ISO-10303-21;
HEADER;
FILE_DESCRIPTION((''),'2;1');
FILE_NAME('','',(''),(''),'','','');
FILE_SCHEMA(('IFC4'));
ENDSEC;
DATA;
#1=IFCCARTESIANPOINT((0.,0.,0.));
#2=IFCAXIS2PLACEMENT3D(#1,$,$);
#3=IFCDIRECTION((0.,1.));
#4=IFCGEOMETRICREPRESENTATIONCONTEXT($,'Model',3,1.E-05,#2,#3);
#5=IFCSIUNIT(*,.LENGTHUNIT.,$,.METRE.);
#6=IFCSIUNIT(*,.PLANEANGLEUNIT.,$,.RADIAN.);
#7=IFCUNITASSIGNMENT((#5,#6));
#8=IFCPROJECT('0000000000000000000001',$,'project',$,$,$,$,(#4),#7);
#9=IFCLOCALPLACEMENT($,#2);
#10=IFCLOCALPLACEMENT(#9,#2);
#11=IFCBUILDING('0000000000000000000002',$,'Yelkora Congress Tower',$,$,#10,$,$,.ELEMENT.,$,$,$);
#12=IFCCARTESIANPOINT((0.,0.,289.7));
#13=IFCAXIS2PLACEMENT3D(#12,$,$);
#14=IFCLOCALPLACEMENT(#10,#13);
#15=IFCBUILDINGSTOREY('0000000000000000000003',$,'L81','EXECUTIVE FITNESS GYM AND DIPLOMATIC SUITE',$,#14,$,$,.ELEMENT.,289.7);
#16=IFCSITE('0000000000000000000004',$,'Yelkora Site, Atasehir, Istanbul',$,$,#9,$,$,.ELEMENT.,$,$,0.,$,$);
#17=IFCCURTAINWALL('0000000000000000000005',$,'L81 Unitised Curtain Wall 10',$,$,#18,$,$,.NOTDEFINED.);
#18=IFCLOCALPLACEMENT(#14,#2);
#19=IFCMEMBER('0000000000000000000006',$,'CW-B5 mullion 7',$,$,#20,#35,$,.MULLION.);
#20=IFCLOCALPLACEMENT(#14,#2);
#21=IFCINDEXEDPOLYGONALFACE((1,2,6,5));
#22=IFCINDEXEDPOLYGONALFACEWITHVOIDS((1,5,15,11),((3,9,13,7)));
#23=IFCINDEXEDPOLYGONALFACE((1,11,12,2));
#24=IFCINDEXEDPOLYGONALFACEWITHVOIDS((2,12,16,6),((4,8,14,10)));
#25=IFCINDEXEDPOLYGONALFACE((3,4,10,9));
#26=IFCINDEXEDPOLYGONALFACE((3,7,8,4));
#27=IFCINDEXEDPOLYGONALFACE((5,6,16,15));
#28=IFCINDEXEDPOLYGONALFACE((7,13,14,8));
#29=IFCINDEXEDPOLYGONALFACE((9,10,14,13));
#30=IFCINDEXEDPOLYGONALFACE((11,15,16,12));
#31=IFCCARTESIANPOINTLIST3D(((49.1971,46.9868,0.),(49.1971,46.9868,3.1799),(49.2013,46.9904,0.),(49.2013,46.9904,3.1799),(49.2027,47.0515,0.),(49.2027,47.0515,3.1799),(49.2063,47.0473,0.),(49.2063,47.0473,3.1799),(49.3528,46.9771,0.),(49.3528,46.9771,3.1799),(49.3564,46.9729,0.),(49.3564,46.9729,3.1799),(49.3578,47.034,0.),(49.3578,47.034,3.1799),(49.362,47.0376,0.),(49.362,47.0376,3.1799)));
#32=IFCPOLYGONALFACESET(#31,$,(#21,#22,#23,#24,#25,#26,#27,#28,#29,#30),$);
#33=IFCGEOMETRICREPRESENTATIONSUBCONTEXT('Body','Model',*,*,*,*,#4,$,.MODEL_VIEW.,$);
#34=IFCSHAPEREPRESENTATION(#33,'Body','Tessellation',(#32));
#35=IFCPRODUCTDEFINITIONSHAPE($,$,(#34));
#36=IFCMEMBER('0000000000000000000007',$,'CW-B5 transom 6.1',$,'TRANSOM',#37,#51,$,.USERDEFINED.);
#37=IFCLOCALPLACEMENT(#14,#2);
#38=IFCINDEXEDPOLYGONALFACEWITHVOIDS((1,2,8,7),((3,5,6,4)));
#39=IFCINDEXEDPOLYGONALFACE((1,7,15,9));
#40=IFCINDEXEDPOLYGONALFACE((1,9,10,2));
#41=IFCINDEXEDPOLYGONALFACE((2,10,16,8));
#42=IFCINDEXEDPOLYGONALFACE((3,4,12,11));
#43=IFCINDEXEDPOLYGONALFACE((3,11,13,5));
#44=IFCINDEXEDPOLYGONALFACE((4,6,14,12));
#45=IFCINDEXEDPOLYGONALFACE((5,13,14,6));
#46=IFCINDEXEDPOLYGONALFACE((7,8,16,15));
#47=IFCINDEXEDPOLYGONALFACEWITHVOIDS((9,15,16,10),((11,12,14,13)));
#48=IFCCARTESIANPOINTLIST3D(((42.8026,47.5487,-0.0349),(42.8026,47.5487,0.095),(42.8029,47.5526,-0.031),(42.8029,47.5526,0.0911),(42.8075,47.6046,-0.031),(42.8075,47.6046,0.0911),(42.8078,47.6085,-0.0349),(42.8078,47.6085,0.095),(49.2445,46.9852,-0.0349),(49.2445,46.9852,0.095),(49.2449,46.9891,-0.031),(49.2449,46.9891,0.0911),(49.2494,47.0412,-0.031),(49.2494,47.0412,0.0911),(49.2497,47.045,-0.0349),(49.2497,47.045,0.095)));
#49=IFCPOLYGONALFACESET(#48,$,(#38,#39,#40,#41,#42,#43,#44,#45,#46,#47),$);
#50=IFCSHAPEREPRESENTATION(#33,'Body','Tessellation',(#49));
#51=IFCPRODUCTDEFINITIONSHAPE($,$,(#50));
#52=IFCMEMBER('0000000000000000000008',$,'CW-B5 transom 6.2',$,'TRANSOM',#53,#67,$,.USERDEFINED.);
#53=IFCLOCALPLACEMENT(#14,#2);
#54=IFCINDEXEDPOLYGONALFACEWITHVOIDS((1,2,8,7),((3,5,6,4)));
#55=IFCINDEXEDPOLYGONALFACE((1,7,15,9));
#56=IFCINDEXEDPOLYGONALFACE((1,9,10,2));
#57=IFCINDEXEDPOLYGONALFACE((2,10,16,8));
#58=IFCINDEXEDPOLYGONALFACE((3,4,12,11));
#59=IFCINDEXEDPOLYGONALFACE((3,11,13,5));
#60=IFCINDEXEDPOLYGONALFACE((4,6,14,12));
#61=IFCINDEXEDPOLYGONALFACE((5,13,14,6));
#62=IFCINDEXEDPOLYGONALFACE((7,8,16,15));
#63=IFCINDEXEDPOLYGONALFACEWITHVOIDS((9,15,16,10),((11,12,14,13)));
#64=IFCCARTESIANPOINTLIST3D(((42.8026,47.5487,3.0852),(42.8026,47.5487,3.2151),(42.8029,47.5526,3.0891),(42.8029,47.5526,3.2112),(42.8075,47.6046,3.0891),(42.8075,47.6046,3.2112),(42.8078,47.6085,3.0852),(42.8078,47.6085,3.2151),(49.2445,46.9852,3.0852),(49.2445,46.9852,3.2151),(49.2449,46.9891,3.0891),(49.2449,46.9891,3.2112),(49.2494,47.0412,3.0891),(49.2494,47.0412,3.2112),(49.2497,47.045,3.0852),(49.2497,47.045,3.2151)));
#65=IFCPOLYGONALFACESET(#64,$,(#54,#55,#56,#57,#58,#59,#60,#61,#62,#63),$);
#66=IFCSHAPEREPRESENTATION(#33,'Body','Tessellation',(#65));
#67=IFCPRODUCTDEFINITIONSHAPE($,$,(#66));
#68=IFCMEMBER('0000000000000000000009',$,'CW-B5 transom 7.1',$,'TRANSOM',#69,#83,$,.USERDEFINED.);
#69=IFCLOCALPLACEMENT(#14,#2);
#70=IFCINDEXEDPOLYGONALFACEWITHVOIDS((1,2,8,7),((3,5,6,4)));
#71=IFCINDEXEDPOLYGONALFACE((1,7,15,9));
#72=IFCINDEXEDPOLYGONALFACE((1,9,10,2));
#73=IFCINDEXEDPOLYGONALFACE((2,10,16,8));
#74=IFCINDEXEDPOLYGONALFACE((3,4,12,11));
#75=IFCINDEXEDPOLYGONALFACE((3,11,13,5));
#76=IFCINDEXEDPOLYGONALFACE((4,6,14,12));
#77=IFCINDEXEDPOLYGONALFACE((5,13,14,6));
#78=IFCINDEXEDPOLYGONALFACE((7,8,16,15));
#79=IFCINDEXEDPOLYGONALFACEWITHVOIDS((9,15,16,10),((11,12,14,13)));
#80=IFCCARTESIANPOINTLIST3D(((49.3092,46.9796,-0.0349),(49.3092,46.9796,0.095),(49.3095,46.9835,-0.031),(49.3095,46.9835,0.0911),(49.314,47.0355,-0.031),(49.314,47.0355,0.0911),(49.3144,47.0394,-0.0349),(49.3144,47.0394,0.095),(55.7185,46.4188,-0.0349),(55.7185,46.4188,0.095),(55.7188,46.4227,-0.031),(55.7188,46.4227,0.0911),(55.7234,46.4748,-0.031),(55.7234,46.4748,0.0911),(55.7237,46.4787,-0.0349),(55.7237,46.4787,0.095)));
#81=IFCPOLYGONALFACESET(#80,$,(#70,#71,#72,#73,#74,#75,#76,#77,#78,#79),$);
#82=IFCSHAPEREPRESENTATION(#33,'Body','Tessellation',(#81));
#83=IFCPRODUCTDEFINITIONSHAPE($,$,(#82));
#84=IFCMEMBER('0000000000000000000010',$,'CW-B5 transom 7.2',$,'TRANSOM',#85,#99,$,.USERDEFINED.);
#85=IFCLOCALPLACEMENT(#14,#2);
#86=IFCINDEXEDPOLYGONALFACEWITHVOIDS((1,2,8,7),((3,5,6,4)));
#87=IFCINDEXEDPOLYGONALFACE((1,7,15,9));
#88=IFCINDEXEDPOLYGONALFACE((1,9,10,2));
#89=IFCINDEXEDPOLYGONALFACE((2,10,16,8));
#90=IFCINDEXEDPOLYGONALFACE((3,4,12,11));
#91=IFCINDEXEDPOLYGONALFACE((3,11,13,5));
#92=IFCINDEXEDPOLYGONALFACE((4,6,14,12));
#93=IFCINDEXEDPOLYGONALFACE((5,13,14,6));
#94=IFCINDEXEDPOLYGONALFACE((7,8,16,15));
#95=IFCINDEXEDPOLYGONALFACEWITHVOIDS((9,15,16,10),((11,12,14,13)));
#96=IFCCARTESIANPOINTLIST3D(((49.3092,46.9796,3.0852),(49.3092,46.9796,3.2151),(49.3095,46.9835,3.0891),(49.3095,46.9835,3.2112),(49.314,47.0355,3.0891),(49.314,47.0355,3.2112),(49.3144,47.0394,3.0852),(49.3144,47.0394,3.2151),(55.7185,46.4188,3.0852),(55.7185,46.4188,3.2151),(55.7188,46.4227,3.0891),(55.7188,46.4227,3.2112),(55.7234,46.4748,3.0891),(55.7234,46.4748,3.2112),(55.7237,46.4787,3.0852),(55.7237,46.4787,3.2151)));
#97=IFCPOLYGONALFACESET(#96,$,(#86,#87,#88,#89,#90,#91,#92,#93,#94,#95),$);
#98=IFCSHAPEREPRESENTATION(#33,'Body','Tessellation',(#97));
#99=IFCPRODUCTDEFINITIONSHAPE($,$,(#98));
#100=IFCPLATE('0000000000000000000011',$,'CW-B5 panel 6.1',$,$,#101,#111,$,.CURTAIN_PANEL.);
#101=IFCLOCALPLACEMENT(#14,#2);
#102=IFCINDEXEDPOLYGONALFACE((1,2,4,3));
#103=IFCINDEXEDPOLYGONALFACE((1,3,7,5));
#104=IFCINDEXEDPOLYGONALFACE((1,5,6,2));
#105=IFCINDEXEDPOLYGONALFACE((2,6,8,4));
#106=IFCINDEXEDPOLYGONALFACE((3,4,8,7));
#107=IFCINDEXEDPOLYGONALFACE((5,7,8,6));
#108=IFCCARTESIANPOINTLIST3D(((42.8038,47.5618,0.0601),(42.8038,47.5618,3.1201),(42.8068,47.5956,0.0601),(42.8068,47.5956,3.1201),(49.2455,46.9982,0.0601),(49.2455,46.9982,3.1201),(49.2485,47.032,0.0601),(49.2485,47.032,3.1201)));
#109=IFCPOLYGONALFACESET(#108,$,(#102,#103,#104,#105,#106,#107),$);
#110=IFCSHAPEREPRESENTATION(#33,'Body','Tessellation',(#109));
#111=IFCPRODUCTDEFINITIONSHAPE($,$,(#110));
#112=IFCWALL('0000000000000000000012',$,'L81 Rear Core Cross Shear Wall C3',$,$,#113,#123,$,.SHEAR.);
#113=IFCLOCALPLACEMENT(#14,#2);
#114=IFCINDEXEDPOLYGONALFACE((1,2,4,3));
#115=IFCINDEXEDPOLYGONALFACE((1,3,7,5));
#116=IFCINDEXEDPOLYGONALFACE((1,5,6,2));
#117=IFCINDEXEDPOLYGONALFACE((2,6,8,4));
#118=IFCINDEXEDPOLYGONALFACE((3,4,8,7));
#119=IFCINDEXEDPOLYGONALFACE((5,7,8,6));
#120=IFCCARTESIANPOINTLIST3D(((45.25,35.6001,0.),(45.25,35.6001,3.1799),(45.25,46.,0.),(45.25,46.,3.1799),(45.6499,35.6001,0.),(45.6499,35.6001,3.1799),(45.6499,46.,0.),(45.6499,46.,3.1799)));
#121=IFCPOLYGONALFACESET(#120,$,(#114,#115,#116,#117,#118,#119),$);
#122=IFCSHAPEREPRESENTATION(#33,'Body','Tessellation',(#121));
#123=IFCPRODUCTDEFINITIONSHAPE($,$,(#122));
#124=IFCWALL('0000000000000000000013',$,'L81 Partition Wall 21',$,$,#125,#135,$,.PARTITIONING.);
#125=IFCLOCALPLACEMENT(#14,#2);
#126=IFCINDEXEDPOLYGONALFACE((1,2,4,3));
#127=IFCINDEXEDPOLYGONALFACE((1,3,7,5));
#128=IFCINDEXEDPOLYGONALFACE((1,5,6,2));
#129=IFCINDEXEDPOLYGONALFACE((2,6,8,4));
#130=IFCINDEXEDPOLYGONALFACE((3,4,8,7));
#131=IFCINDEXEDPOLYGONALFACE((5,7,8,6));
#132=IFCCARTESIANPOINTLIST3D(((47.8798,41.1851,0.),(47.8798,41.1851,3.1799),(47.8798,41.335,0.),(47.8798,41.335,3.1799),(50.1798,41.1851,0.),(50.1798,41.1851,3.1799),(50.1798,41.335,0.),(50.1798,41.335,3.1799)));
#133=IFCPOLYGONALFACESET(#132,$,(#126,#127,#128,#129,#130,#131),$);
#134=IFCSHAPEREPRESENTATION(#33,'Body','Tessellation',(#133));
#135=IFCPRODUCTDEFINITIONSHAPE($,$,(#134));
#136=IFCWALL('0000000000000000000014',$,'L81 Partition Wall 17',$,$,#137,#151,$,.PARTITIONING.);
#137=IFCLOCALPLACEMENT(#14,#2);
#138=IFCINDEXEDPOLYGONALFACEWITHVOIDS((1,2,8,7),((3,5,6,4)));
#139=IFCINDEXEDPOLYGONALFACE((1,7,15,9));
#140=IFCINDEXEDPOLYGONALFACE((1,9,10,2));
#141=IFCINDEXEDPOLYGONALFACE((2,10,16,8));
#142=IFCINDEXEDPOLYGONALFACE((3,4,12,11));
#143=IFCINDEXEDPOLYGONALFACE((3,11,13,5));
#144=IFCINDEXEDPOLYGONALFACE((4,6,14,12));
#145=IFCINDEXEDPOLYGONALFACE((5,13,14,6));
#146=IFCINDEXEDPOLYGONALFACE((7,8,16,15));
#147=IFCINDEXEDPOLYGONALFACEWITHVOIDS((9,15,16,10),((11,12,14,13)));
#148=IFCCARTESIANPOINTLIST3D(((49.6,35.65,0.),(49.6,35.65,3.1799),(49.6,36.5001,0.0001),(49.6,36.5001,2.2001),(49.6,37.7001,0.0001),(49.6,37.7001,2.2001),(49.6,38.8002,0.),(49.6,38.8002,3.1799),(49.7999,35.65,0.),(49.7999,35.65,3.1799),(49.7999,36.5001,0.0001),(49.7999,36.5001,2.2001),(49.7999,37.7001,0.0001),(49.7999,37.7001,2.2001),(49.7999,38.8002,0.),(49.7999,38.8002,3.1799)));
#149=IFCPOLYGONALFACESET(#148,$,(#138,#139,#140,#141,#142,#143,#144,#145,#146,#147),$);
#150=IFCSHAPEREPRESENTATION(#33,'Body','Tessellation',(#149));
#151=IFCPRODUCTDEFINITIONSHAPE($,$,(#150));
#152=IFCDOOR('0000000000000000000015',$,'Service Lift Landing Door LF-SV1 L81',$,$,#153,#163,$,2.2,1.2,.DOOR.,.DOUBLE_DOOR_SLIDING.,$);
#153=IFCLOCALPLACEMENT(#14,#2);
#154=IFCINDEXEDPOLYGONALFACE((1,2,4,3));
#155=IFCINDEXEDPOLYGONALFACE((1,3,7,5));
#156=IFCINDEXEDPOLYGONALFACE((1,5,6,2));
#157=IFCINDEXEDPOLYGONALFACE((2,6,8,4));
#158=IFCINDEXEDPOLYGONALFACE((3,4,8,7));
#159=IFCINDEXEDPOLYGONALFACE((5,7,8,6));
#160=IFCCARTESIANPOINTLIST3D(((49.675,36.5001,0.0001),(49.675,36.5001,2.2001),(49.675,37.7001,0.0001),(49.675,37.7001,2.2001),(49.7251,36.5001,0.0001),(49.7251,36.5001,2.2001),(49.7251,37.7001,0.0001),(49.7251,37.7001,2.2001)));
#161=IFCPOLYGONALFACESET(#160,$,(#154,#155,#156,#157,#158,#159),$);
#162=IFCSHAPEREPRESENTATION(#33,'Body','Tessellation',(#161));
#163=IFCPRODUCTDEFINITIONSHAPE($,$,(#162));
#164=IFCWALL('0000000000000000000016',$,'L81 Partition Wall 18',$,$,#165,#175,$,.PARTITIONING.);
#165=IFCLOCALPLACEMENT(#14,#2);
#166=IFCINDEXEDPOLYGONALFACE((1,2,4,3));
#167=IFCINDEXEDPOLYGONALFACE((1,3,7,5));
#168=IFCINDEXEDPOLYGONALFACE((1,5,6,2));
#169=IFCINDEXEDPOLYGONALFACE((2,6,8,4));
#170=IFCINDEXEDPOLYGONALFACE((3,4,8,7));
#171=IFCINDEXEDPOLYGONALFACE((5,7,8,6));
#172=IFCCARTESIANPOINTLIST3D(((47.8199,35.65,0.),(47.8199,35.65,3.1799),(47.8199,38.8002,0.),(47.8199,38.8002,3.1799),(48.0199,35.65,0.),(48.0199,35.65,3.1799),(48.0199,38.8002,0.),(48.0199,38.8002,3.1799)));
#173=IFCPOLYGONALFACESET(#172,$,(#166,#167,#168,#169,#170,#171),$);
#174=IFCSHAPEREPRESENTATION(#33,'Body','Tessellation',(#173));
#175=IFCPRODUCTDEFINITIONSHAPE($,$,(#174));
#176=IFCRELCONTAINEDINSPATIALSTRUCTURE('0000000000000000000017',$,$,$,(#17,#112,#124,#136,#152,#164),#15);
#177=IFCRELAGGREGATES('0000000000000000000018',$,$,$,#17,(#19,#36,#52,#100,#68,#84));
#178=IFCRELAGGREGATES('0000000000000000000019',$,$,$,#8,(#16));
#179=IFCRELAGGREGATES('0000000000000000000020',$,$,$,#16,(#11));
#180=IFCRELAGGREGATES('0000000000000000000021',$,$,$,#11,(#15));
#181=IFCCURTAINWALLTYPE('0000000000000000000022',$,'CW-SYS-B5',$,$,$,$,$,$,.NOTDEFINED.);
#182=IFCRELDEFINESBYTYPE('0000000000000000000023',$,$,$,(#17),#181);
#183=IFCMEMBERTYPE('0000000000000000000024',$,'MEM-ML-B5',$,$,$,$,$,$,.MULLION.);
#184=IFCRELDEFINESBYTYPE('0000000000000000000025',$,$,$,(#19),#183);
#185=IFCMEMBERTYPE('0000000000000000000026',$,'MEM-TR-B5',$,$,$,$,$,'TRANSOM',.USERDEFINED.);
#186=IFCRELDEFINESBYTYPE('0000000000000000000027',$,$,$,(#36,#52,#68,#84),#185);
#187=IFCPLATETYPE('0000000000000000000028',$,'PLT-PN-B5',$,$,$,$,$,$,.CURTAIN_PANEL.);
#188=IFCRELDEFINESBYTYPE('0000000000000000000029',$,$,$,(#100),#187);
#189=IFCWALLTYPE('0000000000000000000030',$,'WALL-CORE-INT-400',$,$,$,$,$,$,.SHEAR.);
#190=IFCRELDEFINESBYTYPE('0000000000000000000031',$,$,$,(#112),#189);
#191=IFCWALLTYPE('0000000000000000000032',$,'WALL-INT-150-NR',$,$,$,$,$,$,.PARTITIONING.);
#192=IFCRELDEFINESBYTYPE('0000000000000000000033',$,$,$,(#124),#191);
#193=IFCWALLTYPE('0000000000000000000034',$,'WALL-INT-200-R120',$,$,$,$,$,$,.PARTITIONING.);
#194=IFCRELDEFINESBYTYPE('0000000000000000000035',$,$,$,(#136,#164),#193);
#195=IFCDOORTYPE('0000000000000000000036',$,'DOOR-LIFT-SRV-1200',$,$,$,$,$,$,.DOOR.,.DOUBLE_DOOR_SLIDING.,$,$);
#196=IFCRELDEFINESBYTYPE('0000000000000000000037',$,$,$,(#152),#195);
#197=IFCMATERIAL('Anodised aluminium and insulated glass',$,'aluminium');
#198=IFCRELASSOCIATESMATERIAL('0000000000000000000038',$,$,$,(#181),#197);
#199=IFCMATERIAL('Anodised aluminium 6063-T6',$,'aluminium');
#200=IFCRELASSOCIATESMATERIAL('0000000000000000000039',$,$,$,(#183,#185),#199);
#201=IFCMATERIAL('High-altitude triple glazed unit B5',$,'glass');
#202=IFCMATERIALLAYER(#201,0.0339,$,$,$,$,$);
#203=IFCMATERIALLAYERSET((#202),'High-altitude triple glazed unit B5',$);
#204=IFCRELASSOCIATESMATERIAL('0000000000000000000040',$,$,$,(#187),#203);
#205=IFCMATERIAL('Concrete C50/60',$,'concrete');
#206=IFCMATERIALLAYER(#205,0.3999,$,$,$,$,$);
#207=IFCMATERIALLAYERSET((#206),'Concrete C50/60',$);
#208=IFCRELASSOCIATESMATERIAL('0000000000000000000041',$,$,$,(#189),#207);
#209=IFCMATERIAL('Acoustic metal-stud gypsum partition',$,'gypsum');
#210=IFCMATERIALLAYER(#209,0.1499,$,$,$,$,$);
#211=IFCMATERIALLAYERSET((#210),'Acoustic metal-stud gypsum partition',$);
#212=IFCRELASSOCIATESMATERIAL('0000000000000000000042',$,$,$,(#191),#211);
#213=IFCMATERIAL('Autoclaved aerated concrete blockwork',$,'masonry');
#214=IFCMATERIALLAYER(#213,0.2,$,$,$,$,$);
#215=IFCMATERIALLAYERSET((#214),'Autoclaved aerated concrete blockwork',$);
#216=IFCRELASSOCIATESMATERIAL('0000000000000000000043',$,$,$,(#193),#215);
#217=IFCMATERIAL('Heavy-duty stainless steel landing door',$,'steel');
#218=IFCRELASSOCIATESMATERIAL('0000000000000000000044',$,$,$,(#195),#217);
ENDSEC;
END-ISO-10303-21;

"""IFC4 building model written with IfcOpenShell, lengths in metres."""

from ifc_helpers import new_model, si_unit, direction, frame, frame_2d, origin, origin_2d, place, context, subcontext, project, spatial, rectangle, hollow_rectangle, extrude, material, layer, layer_set, material_profile, profile_set, type_object, element, fill, aggregate, save


model = new_model("IFC4")

# Units and contexts
model_context = context("Model", 3, precision=1e-05, world=origin(), true_north=direction((0.0, 1.0)))
body_context = subcontext(model_context, "Body", "Model", "MODEL_VIEW")
ifc_project = project(units=[si_unit("LENGTHUNIT", "METRE"), si_unit("PLANEANGLEUNIT", "RADIAN")], contexts=[model_context])

# Site, building, storey
site_placement = place(None, origin())
site = spatial("IfcSite", under=ifc_project, at=site_placement, Name="Yelkora Site, Atasehir, Istanbul", CompositionType="ELEMENT", RefElevation=0.0)
building_placement = place(site_placement, origin())
building = spatial("IfcBuilding", under=site, at=building_placement, Name="Yelkora Congress Tower", CompositionType="ELEMENT")
storey_placement = place(building_placement, frame((0.0, 0.0, 289.7)))
storey = spatial("IfcBuildingStorey", under=building, at=storey_placement, Name="L81", Description="EXECUTIVE FITNESS GYM AND DIPLOMATIC SUITE", CompositionType="ELEMENT", Elevation=289.7)

# Curtain wall, members, plate
ifc_material_1 = material(Name="Anodised aluminium and insulated glass", Category="aluminium")
curtain_wall_type = type_object("IfcCurtainWallType", Name="CW-SYS-B5", PredefinedType="NOTDEFINED", material=ifc_material_1)
curtain_wall_placement = place(storey_placement, origin())
curtain_wall = element("IfcCurtainWall", 1, at=curtain_wall_placement, inside=storey, type_object=curtain_wall_type, Name="L81 Unitised Curtain Wall 10", PredefinedType="NOTDEFINED")
ifc_material_2 = material(Name="Anodised aluminium 6063-T6", Category="aluminium")
ifc_material_profile_1 = material_profile(ifc_material_2, hollow_rectangle(XDim=0.0649, YDim=0.1599, WallThickness=0.0039, at=origin_2d()), Name="ALU 65x160x4")
ifc_profile_set_1 = profile_set([ifc_material_profile_1], Name="Anodised aluminium 6063-T6")
member_type_1 = type_object("IfcMemberType", Name="MEM-ML-B5", PredefinedType="MULLION", material=ifc_profile_set_1)
member_1_placement = place(storey_placement, frame((49.2795, 47.0122, 0.0), z_axis=(0.0, 0.0, 1.0), x_axis=(0.087157, 0.996195, 0.0)))
member_1 = element("IfcMember", 2, at=member_1_placement, type_object=member_type_1, Name="CW-B5 mullion 7", PredefinedType="MULLION", context=body_context, shape_type="SweptSolid", body=[
    extrude(hollow_rectangle(XDim=0.0649, YDim=0.1599, WallThickness=0.0039, at=origin_2d()), origin(), (0.0, 0.0, 1.0), 3.1799),
])
ifc_material_profile_2 = material_profile(ifc_material_2, hollow_rectangle(XDim=0.0601, YDim=0.1299, WallThickness=0.0039, at=origin_2d()), Name="ALU 60x130x4")
ifc_profile_set_2 = profile_set([ifc_material_profile_2], Name="Anodised aluminium 6063-T6")
member_type_2 = type_object("IfcMemberType", Name="MEM-TR-B5", ElementType="TRANSOM", PredefinedType="USERDEFINED", material=ifc_profile_set_2)
member_2_placement = place(storey_placement, frame((42.8052, 47.5786, 0.03), z_axis=(0.996196, -0.087138, 0.0), x_axis=(0.087138, 0.996196, 0.0)))
member_2 = element("IfcMember", 3, at=member_2_placement, type_object=member_type_2, Name="CW-B5 transom 6.1", ObjectType="TRANSOM", PredefinedType="USERDEFINED", context=body_context, shape_type="SweptSolid", body=[
    extrude(hollow_rectangle(XDim=0.0601, YDim=0.1299, WallThickness=0.0039, at=origin_2d()), origin(), (0.0, 0.0, 1.0), 6.4666),
])
member_3_placement = place(storey_placement, frame((42.8052, 47.5786, 3.1501), z_axis=(0.996196, -0.087138, 0.0), x_axis=(0.087138, 0.996196, 0.0)))
member_3 = element("IfcMember", 4, at=member_3_placement, type_object=member_type_2, Name="CW-B5 transom 6.2", ObjectType="TRANSOM", PredefinedType="USERDEFINED", context=body_context, shape_type="SweptSolid", body=[
    extrude(hollow_rectangle(XDim=0.0601, YDim=0.1299, WallThickness=0.0039, at=origin_2d()), origin(), (0.0, 0.0, 1.0), 6.4666),
])
member_4_placement = place(storey_placement, frame((49.3118, 47.0095, 0.03), z_axis=(0.996194, -0.087162, 0.0), x_axis=(0.087162, 0.996194, 0.0)))
member_4 = element("IfcMember", 5, at=member_4_placement, type_object=member_type_2, Name="CW-B5 transom 7.1", ObjectType="TRANSOM", PredefinedType="USERDEFINED", context=body_context, shape_type="SweptSolid", body=[
    extrude(hollow_rectangle(XDim=0.0601, YDim=0.1299, WallThickness=0.0039, at=origin_2d()), origin(), (0.0, 0.0, 1.0), 6.4338),
])
member_5_placement = place(storey_placement, frame((49.3118, 47.0095, 3.1501), z_axis=(0.996194, -0.087162, 0.0), x_axis=(0.087162, 0.996194, 0.0)))
member_5 = element("IfcMember", 6, at=member_5_placement, type_object=member_type_2, Name="CW-B5 transom 7.2", ObjectType="TRANSOM", PredefinedType="USERDEFINED", context=body_context, shape_type="SweptSolid", body=[
    extrude(hollow_rectangle(XDim=0.0601, YDim=0.1299, WallThickness=0.0039, at=origin_2d()), origin(), (0.0, 0.0, 1.0), 6.4338),
])
ifc_material_3 = material(Name="High-altitude triple glazed unit B5", Category="glass")
ifc_layer_1 = layer(ifc_material_3, 0.0339)
ifc_layer_set_1 = layer_set([ifc_layer_1], Name="High-altitude triple glazed unit B5")
plate_type = type_object("IfcPlateType", Name="PLT-PN-B5", PredefinedType="CURTAIN_PANEL", material=ifc_layer_set_1)
plate_placement = place(storey_placement, frame((46.0261, 47.2969, 0.0601), z_axis=(0.0, 0.0, 1.0), x_axis=(0.996195, -0.087157, 0.0)))
plate = element("IfcPlate", 7, at=plate_placement, type_object=plate_type, Name="CW-B5 panel 6.1", PredefinedType="CURTAIN_PANEL", context=body_context, shape_type="SweptSolid", body=[
    extrude(rectangle(XDim=6.4663, YDim=0.0339, at=origin_2d()), origin(), (0.0, 0.0, 1.0), 3.0601),
])
aggregate(curtain_wall, [member_1, member_2, member_3, plate, member_4, member_5])

# Wall
ifc_material_4 = material(Name="Concrete C50/60", Category="concrete")
ifc_layer_2 = layer(ifc_material_4, 0.3999)
ifc_layer_set_2 = layer_set([ifc_layer_2], Name="Concrete C50/60")
wall_type_1 = type_object("IfcWallType", Name="WALL-CORE-INT-400", PredefinedType="SHEAR", material=ifc_layer_set_2)
wall_1_placement = place(storey_placement, frame((45.45, 35.6001, 0.0), z_axis=(0.0, 0.0, 1.0), x_axis=(0.0, 1.0, 0.0)))
element("IfcWall", 8, at=wall_1_placement, inside=storey, type_object=wall_type_1, Name="L81 Rear Core Cross Shear Wall C3", PredefinedType="SHEAR", context=body_context, shape_type="SweptSolid", body=[
    extrude(rectangle(XDim=10.3999, YDim=0.3999, at=frame_2d((5.2, 0.0))), origin(), (0.0, 0.0, 1.0), 3.1799),
])

# Shared definitions
ifc_material_5 = material(Name="Acoustic metal-stud gypsum partition", Category="gypsum")
ifc_layer_3 = layer(ifc_material_5, 0.1499)
ifc_layer_set_3 = layer_set([ifc_layer_3], Name="Acoustic metal-stud gypsum partition")
wall_type_2 = type_object("IfcWallType", Name="WALL-INT-150-NR", PredefinedType="PARTITIONING", material=ifc_layer_set_3)

# Wall
wall_2_placement = place(storey_placement, frame((47.8799, 41.26, 0.0), z_axis=(0.0, 0.0, 1.0), x_axis=(1.0, 0.0, 0.0)))
element("IfcWall", 9, at=wall_2_placement, inside=storey, type_object=wall_type_2, Name="L81 Partition Wall 21", PredefinedType="PARTITIONING", context=body_context, shape_type="SweptSolid", body=[
    extrude(rectangle(XDim=2.3, YDim=0.1499, at=frame_2d((1.1499, 0.0))), origin(), (0.0, 0.0, 1.0), 3.1799),
])

# Wall, opening, door
ifc_material_6 = material(Name="Autoclaved aerated concrete blockwork", Category="masonry")
ifc_layer_4 = layer(ifc_material_6, 0.2)
ifc_layer_set_4 = layer_set([ifc_layer_4], Name="Autoclaved aerated concrete blockwork")
wall_type_3 = type_object("IfcWallType", Name="WALL-INT-200-R120", PredefinedType="PARTITIONING", material=ifc_layer_set_4)
wall_3_placement = place(storey_placement, frame((49.7, 35.6499, 0.0), z_axis=(0.0, 0.0, 1.0), x_axis=(0.0, 1.0, 0.0)))
wall_3 = element("IfcWall", 10, at=wall_3_placement, inside=storey, type_object=wall_type_3, Name="L81 Partition Wall 17", PredefinedType="PARTITIONING", context=body_context, shape_type="SweptSolid", body=[
    extrude(rectangle(XDim=3.1501, YDim=0.2, at=frame_2d((1.5752, 0.0))), origin(), (0.0, 0.0, 1.0), 3.1799),
])
opening_1_placement = place(wall_3_placement, frame((0.8501, 0.0, 0.0)))
opening_1 = element("IfcOpeningElement", 11, at=opening_1_placement, cuts=wall_3, PredefinedType="OPENING", context=body_context, shape_type="SweptSolid", body=[
    extrude(rectangle(XDim=1.2, YDim=2.2, at=frame_2d((0.6001, 1.1001))), frame((0.0, 0.1099, 0.0), z_axis=(0.0, -1.0, 0.0), x_axis=(1.0, 0.0, 0.0)), (0.0, 0.0, 1.0), 0.22),
])
ifc_material_7 = material(Name="Heavy-duty stainless steel landing door", Category="steel")
door_type_1 = type_object("IfcDoorType", Name="DOOR-LIFT-SRV-1200", OperationType="DOUBLE_DOOR_SLIDING", PredefinedType="DOOR", material=ifc_material_7)
door_1_placement = place(opening_1_placement, origin())
door_1 = element("IfcDoor", 12, at=door_1_placement, inside=storey, type_object=door_type_1, Name="Service Lift Landing Door LF-SV1 L81", OperationType="DOUBLE_DOOR_SLIDING", OverallHeight=2.2, OverallWidth=1.2, PredefinedType="DOOR", context=body_context, shape_type="SweptSolid", body=[
    extrude(rectangle(XDim=1.2, YDim=2.2, at=frame_2d((0.6001, 1.1001))), frame((0.0, 0.0249, 0.0), z_axis=(0.0, -1.0, 0.0), x_axis=(1.0, 0.0, 0.0)), (0.0, 0.0, 1.0), 0.05),
])
fill(opening_1, door_1)

# Wall
wall_4_placement = place(storey_placement, frame((47.9199, 35.6499, 0.0), z_axis=(0.0, 0.0, 1.0), x_axis=(0.0, 1.0, 0.0)))
element("IfcWall", 13, at=wall_4_placement, inside=storey, type_object=wall_type_3, Name="L81 Partition Wall 18", PredefinedType="PARTITIONING", context=body_context, shape_type="SweptSolid", body=[
    extrude(rectangle(XDim=3.1501, YDim=0.2, at=frame_2d((1.5752, 0.0))), origin(), (0.0, 0.0, 1.0), 3.1799),
])

save(model, "model.ifc")
